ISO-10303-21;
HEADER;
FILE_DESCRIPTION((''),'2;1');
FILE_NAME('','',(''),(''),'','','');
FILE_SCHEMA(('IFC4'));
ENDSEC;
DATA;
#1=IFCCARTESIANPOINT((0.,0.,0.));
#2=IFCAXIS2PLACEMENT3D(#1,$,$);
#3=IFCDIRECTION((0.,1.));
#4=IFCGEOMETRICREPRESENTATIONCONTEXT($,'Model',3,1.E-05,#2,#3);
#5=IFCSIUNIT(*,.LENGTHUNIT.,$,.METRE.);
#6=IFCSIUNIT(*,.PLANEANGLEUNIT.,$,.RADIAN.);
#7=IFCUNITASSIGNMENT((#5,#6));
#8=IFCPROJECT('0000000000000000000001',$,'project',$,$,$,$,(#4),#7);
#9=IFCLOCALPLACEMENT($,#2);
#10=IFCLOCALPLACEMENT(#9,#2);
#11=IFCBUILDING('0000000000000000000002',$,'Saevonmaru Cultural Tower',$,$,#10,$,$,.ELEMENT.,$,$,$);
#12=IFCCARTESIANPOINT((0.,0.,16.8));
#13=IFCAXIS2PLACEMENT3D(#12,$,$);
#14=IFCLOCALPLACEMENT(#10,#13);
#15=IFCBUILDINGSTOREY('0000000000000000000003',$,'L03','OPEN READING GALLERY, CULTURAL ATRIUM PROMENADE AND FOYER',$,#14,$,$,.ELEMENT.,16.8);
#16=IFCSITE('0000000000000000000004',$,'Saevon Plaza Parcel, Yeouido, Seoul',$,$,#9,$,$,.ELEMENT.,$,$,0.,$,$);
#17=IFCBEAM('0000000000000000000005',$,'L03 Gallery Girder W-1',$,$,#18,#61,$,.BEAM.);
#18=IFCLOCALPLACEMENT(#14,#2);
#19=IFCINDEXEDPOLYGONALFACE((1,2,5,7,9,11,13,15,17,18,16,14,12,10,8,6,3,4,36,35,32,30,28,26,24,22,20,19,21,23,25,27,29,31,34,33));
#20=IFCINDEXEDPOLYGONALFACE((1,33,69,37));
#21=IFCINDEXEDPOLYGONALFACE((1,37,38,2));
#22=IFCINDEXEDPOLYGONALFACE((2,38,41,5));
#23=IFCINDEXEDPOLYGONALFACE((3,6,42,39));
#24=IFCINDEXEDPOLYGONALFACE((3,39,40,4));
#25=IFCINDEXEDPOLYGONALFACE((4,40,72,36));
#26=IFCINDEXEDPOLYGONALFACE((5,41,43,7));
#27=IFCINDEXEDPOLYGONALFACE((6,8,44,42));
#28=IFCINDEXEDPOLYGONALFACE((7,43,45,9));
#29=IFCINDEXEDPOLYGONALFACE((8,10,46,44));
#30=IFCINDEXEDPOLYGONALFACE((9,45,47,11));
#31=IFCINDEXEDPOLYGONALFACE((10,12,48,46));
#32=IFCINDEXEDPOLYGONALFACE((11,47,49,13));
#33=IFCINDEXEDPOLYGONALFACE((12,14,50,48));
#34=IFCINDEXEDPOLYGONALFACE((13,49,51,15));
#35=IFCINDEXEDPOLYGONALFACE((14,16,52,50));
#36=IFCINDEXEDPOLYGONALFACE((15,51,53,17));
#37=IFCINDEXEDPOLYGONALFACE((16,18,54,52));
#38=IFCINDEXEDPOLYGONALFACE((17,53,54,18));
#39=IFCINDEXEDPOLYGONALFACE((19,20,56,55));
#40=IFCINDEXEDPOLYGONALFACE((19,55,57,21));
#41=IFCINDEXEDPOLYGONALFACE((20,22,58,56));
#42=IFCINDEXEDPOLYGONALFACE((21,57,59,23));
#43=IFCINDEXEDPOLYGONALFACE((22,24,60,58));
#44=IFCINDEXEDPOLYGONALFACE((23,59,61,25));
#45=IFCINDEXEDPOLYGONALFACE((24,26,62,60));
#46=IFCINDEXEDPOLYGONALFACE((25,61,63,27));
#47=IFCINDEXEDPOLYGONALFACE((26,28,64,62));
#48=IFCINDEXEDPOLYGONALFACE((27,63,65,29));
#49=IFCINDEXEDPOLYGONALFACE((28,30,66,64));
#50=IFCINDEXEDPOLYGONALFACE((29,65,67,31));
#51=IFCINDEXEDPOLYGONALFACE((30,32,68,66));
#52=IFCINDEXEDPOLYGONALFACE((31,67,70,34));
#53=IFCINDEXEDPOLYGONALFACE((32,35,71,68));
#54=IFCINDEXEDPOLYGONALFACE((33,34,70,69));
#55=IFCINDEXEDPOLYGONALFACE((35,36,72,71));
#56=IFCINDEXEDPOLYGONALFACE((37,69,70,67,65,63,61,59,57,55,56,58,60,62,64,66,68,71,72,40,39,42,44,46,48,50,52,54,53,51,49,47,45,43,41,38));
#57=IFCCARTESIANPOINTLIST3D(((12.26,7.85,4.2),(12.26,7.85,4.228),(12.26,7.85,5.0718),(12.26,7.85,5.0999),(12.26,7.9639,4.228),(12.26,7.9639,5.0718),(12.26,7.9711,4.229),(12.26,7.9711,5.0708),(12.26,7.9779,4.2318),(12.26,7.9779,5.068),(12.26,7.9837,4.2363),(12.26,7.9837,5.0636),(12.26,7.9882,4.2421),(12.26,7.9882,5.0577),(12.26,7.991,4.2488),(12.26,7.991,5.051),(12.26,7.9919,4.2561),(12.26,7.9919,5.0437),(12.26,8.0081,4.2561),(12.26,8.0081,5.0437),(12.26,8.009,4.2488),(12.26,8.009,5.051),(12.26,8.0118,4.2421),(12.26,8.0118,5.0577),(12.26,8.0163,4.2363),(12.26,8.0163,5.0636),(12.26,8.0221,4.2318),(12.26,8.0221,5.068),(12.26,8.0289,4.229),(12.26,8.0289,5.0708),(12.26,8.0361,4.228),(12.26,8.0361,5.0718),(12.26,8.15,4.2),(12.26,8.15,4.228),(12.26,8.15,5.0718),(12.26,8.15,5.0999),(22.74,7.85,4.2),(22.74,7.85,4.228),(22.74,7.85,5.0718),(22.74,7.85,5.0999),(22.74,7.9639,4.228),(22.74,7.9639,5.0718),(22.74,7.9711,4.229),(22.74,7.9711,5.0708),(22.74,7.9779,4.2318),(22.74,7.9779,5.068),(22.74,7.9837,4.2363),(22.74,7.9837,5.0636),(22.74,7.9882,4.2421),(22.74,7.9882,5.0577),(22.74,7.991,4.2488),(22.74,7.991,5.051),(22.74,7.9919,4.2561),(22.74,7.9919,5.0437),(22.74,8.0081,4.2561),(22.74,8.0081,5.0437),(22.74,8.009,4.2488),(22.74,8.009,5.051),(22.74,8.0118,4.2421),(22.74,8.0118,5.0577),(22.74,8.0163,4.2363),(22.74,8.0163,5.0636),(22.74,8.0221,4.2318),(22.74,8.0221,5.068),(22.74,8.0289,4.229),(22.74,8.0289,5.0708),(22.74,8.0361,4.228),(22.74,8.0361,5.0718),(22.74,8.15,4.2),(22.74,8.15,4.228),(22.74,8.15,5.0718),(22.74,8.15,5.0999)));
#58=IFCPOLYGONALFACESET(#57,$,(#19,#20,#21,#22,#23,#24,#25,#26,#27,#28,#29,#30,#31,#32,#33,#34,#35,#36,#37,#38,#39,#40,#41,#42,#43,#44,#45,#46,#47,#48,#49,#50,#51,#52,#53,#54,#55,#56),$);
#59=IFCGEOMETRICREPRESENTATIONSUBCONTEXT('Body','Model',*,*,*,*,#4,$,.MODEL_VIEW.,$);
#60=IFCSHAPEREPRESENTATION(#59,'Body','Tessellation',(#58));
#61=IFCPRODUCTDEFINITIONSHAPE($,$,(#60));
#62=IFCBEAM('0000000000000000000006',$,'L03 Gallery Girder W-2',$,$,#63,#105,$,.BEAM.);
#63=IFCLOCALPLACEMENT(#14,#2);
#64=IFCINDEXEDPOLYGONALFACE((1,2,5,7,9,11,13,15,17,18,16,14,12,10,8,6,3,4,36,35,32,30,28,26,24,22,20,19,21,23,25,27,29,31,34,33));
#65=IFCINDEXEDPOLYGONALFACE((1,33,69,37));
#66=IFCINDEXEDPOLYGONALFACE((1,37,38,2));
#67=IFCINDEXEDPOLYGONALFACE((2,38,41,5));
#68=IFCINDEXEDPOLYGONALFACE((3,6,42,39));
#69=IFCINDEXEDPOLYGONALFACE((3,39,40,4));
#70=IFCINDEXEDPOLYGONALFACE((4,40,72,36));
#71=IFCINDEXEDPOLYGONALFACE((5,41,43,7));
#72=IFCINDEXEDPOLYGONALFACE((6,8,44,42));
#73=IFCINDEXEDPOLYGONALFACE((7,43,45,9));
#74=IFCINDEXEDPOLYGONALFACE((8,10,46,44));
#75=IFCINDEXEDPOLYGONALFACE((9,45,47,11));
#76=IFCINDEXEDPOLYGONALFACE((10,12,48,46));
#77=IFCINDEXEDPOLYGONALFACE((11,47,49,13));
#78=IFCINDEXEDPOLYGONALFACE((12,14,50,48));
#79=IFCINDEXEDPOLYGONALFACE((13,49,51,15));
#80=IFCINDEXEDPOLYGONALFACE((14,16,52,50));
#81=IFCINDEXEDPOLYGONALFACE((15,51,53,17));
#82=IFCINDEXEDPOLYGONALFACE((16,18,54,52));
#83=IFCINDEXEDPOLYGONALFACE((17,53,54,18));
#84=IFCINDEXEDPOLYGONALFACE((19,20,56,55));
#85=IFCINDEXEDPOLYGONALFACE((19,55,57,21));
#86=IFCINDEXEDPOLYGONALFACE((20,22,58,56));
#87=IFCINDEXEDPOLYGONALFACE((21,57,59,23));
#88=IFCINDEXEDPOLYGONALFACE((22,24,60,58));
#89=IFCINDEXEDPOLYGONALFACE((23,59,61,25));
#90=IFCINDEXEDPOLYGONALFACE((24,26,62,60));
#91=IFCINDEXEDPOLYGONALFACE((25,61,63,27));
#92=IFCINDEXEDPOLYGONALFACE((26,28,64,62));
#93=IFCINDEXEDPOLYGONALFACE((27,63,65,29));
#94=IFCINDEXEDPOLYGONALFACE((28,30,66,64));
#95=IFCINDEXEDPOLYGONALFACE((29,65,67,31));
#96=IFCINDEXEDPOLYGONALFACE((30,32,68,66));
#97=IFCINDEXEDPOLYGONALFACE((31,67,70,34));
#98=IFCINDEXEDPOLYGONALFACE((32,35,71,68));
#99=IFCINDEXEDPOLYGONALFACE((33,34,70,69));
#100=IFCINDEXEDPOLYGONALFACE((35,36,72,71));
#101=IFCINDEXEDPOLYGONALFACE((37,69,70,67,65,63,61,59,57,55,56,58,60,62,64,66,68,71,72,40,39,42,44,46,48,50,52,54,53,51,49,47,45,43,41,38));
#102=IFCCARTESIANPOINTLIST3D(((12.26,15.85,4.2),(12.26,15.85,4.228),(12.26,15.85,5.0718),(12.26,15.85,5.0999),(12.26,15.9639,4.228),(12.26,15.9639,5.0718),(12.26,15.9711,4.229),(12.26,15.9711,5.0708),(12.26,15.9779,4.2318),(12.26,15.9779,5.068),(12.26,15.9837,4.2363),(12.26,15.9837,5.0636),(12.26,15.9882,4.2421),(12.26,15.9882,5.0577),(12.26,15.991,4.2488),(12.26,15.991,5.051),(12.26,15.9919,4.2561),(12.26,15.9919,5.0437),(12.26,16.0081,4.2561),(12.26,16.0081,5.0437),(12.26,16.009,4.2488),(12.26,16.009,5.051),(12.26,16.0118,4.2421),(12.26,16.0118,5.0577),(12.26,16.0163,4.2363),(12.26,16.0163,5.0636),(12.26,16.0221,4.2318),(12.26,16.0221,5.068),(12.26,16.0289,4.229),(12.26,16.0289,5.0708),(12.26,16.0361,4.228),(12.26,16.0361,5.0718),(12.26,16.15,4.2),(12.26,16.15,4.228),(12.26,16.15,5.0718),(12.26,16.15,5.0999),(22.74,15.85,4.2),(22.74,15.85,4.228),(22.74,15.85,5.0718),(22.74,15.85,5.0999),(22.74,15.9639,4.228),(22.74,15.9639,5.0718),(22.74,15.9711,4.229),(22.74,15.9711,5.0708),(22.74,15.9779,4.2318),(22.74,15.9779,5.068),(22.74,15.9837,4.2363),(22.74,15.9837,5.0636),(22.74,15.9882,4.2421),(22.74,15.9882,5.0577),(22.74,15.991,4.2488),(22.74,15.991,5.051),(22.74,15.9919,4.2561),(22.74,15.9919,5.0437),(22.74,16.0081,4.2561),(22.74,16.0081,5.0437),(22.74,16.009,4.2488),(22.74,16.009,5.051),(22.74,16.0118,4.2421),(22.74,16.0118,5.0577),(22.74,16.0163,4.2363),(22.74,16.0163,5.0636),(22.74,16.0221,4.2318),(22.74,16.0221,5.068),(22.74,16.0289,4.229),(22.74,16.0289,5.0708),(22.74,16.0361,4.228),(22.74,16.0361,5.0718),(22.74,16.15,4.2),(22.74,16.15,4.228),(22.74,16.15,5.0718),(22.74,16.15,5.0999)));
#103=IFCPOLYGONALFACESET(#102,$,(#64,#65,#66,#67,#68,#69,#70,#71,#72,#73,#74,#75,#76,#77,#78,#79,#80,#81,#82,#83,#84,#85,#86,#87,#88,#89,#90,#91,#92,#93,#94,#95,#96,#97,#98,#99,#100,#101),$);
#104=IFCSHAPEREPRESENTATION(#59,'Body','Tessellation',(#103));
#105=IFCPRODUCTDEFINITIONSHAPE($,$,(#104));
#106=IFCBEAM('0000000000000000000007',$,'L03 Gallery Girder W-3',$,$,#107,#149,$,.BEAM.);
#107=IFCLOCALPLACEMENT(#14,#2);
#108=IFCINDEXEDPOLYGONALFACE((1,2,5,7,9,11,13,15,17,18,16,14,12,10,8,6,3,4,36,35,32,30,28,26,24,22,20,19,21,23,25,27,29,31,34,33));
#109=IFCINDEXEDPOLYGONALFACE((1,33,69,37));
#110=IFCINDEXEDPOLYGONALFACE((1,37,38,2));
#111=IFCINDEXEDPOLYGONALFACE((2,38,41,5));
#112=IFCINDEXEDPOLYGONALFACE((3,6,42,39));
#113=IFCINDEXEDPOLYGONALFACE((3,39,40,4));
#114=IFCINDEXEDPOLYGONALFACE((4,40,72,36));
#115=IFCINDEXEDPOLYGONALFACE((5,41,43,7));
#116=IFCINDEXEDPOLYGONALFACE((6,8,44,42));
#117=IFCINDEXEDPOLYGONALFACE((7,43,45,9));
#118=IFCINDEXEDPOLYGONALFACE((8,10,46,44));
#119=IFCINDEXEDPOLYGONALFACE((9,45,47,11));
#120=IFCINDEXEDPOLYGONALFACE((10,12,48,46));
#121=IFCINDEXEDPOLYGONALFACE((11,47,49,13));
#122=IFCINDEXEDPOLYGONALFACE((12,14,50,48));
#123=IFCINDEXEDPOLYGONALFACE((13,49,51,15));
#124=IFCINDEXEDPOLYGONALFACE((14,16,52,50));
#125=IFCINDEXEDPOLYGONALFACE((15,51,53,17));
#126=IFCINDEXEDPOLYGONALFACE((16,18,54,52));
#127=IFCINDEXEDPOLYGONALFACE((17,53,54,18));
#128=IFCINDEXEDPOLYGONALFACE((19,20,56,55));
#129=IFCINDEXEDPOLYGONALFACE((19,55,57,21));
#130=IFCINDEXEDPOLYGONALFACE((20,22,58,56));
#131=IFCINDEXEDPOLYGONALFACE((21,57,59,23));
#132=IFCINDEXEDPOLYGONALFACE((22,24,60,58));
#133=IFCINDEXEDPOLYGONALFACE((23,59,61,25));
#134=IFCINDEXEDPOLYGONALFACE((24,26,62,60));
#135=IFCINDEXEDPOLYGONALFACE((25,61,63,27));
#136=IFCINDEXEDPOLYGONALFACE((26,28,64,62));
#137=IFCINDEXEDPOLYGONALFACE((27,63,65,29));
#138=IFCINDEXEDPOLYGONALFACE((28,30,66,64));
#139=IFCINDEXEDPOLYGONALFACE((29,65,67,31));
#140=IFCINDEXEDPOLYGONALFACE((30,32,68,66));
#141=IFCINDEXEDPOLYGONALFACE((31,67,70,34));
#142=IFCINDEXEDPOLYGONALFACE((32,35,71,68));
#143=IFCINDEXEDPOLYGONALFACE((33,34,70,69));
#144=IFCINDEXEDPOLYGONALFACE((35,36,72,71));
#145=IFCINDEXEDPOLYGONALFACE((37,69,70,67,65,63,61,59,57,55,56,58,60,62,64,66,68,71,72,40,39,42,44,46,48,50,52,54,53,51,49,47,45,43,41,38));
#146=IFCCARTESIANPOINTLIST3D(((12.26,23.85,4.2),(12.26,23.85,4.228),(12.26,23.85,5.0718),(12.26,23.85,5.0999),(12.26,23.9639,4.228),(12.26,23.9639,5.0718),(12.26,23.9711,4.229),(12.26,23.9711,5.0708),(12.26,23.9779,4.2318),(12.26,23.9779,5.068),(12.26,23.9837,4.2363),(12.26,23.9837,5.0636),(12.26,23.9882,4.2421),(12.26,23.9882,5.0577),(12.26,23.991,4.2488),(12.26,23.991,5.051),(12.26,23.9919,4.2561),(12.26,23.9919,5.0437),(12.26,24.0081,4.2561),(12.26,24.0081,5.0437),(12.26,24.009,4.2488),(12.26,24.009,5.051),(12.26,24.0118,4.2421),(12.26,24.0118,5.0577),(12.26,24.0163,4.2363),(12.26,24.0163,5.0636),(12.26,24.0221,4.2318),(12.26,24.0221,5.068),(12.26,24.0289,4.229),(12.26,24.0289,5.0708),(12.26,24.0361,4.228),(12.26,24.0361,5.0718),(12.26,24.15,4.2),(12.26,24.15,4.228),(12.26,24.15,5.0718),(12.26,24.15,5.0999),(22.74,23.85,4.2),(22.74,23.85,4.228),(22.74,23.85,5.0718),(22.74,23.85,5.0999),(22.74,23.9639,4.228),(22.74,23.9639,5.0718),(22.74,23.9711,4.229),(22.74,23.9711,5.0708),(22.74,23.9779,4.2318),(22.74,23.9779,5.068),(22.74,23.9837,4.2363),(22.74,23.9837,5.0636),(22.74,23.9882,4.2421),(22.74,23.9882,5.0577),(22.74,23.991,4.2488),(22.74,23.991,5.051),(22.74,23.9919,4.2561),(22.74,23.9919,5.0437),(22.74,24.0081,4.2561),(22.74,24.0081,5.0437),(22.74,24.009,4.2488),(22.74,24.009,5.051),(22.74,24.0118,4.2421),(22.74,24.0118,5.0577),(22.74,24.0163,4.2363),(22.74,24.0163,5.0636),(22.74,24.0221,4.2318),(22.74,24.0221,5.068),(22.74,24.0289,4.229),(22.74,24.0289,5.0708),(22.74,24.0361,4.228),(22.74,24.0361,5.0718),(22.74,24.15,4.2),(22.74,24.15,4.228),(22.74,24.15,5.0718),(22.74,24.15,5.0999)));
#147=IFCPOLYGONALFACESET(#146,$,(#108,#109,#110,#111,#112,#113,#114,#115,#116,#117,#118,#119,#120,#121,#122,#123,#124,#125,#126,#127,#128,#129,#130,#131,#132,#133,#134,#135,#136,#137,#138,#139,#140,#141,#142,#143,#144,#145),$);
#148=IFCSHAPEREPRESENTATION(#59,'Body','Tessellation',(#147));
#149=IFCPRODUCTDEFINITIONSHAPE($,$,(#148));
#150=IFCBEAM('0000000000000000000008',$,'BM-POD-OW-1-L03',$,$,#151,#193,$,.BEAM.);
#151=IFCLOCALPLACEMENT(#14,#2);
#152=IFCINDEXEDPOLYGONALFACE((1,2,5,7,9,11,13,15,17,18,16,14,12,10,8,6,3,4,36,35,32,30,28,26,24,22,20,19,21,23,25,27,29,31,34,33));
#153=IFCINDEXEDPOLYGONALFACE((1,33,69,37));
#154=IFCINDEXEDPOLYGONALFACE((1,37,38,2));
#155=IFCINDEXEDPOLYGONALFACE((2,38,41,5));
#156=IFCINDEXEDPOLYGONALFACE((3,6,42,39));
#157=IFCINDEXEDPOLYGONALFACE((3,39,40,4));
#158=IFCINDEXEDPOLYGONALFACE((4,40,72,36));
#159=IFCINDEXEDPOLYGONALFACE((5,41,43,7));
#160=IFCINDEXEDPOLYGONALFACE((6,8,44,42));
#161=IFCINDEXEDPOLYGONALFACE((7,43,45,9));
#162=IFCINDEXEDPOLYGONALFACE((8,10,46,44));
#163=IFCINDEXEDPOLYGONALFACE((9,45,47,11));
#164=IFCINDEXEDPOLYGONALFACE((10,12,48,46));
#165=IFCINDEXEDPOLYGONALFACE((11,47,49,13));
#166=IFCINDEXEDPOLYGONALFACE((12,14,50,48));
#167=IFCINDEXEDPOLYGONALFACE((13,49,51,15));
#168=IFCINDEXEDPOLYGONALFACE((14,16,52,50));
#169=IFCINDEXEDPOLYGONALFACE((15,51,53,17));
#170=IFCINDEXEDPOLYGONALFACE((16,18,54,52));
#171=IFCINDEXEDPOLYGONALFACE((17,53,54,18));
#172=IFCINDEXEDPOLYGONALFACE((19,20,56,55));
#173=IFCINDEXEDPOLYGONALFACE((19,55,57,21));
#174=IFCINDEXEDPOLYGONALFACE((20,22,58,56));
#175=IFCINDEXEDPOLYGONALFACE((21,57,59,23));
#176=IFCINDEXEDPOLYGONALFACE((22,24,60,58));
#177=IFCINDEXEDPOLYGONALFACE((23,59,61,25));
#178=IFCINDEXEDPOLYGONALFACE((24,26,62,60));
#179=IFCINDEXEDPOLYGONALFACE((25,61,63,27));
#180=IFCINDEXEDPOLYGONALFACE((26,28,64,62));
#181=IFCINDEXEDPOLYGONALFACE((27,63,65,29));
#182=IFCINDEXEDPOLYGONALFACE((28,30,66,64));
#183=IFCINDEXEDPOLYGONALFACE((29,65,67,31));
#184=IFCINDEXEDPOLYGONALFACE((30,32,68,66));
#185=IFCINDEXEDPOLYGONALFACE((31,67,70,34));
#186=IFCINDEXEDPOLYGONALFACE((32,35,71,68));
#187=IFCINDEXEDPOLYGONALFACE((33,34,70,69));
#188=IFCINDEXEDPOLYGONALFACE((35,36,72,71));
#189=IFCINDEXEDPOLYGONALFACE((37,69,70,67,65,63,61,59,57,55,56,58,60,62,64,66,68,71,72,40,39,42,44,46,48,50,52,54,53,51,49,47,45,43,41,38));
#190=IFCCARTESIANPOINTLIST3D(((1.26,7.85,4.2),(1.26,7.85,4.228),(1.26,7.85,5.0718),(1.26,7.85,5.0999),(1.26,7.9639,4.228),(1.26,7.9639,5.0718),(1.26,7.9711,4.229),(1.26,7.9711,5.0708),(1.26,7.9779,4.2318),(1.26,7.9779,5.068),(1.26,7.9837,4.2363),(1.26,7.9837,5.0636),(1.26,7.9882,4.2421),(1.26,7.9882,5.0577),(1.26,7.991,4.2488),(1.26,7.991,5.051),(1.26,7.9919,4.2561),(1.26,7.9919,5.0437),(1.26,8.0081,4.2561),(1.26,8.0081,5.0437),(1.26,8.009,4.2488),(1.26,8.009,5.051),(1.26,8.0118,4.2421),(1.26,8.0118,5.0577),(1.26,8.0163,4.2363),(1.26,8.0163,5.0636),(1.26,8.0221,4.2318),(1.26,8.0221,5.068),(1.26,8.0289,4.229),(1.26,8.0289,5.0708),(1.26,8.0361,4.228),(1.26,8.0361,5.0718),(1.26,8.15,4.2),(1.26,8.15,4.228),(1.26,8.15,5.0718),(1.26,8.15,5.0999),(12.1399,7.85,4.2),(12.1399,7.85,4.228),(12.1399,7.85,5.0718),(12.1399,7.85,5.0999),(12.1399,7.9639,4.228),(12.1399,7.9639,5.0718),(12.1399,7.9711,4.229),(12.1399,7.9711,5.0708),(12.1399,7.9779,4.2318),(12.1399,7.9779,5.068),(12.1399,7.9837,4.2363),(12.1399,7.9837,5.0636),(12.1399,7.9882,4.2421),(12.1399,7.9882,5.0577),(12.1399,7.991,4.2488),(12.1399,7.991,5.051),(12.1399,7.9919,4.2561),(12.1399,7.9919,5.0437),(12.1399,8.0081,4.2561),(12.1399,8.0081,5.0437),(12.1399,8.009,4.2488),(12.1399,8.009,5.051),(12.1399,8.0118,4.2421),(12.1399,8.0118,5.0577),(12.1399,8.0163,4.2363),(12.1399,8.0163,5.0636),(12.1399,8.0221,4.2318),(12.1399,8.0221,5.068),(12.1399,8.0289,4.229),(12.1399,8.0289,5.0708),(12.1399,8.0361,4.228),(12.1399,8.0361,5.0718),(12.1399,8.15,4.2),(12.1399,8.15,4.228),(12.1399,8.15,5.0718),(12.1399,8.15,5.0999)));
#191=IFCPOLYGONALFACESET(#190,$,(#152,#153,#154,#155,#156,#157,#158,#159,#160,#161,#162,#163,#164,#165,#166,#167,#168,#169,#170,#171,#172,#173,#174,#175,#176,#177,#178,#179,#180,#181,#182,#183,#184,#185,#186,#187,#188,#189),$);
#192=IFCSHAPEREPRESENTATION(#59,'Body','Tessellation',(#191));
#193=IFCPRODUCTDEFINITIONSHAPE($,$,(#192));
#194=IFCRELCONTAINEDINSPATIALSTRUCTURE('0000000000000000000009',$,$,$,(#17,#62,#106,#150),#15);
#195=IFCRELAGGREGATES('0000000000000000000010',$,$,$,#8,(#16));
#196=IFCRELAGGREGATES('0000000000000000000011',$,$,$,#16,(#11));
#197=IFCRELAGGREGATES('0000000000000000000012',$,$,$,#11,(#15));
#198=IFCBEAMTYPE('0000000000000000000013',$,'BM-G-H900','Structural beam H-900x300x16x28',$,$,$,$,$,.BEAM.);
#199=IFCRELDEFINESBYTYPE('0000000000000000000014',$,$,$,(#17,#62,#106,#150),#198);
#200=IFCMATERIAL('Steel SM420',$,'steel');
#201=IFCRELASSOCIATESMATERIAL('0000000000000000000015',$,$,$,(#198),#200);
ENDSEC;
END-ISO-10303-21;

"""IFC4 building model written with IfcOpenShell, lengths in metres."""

from ifc_helpers import new_model, si_unit, direction, frame, origin, origin_2d, place, context, subcontext, project, spatial, i_section, extrude, material, material_profile, profile_set, type_object, element, save


model = new_model("IFC4")

# Units and contexts
model_context = context("Model", 3, precision=1e-05, world=origin(), true_north=direction((0.0, 1.0)))
body_context = subcontext(model_context, "Body", "Model", "MODEL_VIEW")
ifc_project = project(units=[si_unit("LENGTHUNIT", "METRE"), si_unit("PLANEANGLEUNIT", "RADIAN")], contexts=[model_context])

# Site, building, storey
site_placement = place(None, origin())
site = spatial("IfcSite", under=ifc_project, at=site_placement, Name="Saevon Plaza Parcel, Yeouido, Seoul", CompositionType="ELEMENT", RefElevation=0.0)
building_placement = place(site_placement, origin())
building = spatial("IfcBuilding", under=site, at=building_placement, Name="Saevonmaru Cultural Tower", CompositionType="ELEMENT")
storey_placement = place(building_placement, frame((0.0, 0.0, 16.8)))
storey = spatial("IfcBuildingStorey", under=building, at=storey_placement, Name="L03", Description="OPEN READING GALLERY, CULTURAL ATRIUM PROMENADE AND FOYER", CompositionType="ELEMENT", Elevation=16.8)

# Shared definitions
ifc_material_1 = material(Name="Steel SM420", Category="steel")

# Beams
ifc_material_profile_1 = material_profile(ifc_material_1, i_section(OverallWidth=0.3, OverallDepth=0.8999, WebThickness=0.0161, FlangeThickness=0.0281, FilletRadius=0.0281, at=origin_2d()), Name="H-900x300x16x28")
ifc_profile_set_1 = profile_set([ifc_material_profile_1], Name="Steel SM420")
beam_type_1 = type_object("IfcBeamType", Name="BM-G-H900", Description="Structural beam H-900x300x16x28", PredefinedType="BEAM", material=ifc_profile_set_1)
for number, where, z_axis, x_axis, name in (
    (1, (12.26, 8.0, 4.6499), (1.0, 0.0, 0.0), (0.0, 1.0, 0.0), "L03 Gallery Girder W-1"),
    (2, (12.26, 16.0, 4.6499), (1.0, 0.0, 0.0), (0.0, 1.0, 0.0), "L03 Gallery Girder W-2"),
    (3, (12.26, 24.0, 4.6499), (1.0, 0.0, 0.0), (0.0, 1.0, 0.0), "L03 Gallery Girder W-3"),
):
    element("IfcBeam", number, at=place(storey_placement, frame(where, z_axis=z_axis, x_axis=x_axis)), inside=storey, type_object=beam_type_1, Name=name, PredefinedType="BEAM", context=body_context, shape_type="SweptSolid", body=[
        extrude(i_section(OverallWidth=0.3, OverallDepth=0.8999, WebThickness=0.0161, FlangeThickness=0.0281, FilletRadius=0.0281, at=origin_2d()), origin(), (0.0, 0.0, 1.0), 10.48),
    ])
for number, where, z_axis, x_axis, name in (
    (4, (1.26, 8.0, 4.6499), (1.0, 0.0, 0.0), (0.0, 1.0, 0.0), "BM-POD-OW-1-L03"),
):
    element("IfcBeam", number, at=place(storey_placement, frame(where, z_axis=z_axis, x_axis=x_axis)), inside=storey, type_object=beam_type_1, Name=name, PredefinedType="BEAM", context=body_context, shape_type="SweptSolid", body=[
        extrude(i_section(OverallWidth=0.3, OverallDepth=0.8999, WebThickness=0.0161, FlangeThickness=0.0281, FilletRadius=0.0281, at=origin_2d()), origin(), (0.0, 0.0, 1.0), 10.8799),
    ])

save(model, "model.ifc")
